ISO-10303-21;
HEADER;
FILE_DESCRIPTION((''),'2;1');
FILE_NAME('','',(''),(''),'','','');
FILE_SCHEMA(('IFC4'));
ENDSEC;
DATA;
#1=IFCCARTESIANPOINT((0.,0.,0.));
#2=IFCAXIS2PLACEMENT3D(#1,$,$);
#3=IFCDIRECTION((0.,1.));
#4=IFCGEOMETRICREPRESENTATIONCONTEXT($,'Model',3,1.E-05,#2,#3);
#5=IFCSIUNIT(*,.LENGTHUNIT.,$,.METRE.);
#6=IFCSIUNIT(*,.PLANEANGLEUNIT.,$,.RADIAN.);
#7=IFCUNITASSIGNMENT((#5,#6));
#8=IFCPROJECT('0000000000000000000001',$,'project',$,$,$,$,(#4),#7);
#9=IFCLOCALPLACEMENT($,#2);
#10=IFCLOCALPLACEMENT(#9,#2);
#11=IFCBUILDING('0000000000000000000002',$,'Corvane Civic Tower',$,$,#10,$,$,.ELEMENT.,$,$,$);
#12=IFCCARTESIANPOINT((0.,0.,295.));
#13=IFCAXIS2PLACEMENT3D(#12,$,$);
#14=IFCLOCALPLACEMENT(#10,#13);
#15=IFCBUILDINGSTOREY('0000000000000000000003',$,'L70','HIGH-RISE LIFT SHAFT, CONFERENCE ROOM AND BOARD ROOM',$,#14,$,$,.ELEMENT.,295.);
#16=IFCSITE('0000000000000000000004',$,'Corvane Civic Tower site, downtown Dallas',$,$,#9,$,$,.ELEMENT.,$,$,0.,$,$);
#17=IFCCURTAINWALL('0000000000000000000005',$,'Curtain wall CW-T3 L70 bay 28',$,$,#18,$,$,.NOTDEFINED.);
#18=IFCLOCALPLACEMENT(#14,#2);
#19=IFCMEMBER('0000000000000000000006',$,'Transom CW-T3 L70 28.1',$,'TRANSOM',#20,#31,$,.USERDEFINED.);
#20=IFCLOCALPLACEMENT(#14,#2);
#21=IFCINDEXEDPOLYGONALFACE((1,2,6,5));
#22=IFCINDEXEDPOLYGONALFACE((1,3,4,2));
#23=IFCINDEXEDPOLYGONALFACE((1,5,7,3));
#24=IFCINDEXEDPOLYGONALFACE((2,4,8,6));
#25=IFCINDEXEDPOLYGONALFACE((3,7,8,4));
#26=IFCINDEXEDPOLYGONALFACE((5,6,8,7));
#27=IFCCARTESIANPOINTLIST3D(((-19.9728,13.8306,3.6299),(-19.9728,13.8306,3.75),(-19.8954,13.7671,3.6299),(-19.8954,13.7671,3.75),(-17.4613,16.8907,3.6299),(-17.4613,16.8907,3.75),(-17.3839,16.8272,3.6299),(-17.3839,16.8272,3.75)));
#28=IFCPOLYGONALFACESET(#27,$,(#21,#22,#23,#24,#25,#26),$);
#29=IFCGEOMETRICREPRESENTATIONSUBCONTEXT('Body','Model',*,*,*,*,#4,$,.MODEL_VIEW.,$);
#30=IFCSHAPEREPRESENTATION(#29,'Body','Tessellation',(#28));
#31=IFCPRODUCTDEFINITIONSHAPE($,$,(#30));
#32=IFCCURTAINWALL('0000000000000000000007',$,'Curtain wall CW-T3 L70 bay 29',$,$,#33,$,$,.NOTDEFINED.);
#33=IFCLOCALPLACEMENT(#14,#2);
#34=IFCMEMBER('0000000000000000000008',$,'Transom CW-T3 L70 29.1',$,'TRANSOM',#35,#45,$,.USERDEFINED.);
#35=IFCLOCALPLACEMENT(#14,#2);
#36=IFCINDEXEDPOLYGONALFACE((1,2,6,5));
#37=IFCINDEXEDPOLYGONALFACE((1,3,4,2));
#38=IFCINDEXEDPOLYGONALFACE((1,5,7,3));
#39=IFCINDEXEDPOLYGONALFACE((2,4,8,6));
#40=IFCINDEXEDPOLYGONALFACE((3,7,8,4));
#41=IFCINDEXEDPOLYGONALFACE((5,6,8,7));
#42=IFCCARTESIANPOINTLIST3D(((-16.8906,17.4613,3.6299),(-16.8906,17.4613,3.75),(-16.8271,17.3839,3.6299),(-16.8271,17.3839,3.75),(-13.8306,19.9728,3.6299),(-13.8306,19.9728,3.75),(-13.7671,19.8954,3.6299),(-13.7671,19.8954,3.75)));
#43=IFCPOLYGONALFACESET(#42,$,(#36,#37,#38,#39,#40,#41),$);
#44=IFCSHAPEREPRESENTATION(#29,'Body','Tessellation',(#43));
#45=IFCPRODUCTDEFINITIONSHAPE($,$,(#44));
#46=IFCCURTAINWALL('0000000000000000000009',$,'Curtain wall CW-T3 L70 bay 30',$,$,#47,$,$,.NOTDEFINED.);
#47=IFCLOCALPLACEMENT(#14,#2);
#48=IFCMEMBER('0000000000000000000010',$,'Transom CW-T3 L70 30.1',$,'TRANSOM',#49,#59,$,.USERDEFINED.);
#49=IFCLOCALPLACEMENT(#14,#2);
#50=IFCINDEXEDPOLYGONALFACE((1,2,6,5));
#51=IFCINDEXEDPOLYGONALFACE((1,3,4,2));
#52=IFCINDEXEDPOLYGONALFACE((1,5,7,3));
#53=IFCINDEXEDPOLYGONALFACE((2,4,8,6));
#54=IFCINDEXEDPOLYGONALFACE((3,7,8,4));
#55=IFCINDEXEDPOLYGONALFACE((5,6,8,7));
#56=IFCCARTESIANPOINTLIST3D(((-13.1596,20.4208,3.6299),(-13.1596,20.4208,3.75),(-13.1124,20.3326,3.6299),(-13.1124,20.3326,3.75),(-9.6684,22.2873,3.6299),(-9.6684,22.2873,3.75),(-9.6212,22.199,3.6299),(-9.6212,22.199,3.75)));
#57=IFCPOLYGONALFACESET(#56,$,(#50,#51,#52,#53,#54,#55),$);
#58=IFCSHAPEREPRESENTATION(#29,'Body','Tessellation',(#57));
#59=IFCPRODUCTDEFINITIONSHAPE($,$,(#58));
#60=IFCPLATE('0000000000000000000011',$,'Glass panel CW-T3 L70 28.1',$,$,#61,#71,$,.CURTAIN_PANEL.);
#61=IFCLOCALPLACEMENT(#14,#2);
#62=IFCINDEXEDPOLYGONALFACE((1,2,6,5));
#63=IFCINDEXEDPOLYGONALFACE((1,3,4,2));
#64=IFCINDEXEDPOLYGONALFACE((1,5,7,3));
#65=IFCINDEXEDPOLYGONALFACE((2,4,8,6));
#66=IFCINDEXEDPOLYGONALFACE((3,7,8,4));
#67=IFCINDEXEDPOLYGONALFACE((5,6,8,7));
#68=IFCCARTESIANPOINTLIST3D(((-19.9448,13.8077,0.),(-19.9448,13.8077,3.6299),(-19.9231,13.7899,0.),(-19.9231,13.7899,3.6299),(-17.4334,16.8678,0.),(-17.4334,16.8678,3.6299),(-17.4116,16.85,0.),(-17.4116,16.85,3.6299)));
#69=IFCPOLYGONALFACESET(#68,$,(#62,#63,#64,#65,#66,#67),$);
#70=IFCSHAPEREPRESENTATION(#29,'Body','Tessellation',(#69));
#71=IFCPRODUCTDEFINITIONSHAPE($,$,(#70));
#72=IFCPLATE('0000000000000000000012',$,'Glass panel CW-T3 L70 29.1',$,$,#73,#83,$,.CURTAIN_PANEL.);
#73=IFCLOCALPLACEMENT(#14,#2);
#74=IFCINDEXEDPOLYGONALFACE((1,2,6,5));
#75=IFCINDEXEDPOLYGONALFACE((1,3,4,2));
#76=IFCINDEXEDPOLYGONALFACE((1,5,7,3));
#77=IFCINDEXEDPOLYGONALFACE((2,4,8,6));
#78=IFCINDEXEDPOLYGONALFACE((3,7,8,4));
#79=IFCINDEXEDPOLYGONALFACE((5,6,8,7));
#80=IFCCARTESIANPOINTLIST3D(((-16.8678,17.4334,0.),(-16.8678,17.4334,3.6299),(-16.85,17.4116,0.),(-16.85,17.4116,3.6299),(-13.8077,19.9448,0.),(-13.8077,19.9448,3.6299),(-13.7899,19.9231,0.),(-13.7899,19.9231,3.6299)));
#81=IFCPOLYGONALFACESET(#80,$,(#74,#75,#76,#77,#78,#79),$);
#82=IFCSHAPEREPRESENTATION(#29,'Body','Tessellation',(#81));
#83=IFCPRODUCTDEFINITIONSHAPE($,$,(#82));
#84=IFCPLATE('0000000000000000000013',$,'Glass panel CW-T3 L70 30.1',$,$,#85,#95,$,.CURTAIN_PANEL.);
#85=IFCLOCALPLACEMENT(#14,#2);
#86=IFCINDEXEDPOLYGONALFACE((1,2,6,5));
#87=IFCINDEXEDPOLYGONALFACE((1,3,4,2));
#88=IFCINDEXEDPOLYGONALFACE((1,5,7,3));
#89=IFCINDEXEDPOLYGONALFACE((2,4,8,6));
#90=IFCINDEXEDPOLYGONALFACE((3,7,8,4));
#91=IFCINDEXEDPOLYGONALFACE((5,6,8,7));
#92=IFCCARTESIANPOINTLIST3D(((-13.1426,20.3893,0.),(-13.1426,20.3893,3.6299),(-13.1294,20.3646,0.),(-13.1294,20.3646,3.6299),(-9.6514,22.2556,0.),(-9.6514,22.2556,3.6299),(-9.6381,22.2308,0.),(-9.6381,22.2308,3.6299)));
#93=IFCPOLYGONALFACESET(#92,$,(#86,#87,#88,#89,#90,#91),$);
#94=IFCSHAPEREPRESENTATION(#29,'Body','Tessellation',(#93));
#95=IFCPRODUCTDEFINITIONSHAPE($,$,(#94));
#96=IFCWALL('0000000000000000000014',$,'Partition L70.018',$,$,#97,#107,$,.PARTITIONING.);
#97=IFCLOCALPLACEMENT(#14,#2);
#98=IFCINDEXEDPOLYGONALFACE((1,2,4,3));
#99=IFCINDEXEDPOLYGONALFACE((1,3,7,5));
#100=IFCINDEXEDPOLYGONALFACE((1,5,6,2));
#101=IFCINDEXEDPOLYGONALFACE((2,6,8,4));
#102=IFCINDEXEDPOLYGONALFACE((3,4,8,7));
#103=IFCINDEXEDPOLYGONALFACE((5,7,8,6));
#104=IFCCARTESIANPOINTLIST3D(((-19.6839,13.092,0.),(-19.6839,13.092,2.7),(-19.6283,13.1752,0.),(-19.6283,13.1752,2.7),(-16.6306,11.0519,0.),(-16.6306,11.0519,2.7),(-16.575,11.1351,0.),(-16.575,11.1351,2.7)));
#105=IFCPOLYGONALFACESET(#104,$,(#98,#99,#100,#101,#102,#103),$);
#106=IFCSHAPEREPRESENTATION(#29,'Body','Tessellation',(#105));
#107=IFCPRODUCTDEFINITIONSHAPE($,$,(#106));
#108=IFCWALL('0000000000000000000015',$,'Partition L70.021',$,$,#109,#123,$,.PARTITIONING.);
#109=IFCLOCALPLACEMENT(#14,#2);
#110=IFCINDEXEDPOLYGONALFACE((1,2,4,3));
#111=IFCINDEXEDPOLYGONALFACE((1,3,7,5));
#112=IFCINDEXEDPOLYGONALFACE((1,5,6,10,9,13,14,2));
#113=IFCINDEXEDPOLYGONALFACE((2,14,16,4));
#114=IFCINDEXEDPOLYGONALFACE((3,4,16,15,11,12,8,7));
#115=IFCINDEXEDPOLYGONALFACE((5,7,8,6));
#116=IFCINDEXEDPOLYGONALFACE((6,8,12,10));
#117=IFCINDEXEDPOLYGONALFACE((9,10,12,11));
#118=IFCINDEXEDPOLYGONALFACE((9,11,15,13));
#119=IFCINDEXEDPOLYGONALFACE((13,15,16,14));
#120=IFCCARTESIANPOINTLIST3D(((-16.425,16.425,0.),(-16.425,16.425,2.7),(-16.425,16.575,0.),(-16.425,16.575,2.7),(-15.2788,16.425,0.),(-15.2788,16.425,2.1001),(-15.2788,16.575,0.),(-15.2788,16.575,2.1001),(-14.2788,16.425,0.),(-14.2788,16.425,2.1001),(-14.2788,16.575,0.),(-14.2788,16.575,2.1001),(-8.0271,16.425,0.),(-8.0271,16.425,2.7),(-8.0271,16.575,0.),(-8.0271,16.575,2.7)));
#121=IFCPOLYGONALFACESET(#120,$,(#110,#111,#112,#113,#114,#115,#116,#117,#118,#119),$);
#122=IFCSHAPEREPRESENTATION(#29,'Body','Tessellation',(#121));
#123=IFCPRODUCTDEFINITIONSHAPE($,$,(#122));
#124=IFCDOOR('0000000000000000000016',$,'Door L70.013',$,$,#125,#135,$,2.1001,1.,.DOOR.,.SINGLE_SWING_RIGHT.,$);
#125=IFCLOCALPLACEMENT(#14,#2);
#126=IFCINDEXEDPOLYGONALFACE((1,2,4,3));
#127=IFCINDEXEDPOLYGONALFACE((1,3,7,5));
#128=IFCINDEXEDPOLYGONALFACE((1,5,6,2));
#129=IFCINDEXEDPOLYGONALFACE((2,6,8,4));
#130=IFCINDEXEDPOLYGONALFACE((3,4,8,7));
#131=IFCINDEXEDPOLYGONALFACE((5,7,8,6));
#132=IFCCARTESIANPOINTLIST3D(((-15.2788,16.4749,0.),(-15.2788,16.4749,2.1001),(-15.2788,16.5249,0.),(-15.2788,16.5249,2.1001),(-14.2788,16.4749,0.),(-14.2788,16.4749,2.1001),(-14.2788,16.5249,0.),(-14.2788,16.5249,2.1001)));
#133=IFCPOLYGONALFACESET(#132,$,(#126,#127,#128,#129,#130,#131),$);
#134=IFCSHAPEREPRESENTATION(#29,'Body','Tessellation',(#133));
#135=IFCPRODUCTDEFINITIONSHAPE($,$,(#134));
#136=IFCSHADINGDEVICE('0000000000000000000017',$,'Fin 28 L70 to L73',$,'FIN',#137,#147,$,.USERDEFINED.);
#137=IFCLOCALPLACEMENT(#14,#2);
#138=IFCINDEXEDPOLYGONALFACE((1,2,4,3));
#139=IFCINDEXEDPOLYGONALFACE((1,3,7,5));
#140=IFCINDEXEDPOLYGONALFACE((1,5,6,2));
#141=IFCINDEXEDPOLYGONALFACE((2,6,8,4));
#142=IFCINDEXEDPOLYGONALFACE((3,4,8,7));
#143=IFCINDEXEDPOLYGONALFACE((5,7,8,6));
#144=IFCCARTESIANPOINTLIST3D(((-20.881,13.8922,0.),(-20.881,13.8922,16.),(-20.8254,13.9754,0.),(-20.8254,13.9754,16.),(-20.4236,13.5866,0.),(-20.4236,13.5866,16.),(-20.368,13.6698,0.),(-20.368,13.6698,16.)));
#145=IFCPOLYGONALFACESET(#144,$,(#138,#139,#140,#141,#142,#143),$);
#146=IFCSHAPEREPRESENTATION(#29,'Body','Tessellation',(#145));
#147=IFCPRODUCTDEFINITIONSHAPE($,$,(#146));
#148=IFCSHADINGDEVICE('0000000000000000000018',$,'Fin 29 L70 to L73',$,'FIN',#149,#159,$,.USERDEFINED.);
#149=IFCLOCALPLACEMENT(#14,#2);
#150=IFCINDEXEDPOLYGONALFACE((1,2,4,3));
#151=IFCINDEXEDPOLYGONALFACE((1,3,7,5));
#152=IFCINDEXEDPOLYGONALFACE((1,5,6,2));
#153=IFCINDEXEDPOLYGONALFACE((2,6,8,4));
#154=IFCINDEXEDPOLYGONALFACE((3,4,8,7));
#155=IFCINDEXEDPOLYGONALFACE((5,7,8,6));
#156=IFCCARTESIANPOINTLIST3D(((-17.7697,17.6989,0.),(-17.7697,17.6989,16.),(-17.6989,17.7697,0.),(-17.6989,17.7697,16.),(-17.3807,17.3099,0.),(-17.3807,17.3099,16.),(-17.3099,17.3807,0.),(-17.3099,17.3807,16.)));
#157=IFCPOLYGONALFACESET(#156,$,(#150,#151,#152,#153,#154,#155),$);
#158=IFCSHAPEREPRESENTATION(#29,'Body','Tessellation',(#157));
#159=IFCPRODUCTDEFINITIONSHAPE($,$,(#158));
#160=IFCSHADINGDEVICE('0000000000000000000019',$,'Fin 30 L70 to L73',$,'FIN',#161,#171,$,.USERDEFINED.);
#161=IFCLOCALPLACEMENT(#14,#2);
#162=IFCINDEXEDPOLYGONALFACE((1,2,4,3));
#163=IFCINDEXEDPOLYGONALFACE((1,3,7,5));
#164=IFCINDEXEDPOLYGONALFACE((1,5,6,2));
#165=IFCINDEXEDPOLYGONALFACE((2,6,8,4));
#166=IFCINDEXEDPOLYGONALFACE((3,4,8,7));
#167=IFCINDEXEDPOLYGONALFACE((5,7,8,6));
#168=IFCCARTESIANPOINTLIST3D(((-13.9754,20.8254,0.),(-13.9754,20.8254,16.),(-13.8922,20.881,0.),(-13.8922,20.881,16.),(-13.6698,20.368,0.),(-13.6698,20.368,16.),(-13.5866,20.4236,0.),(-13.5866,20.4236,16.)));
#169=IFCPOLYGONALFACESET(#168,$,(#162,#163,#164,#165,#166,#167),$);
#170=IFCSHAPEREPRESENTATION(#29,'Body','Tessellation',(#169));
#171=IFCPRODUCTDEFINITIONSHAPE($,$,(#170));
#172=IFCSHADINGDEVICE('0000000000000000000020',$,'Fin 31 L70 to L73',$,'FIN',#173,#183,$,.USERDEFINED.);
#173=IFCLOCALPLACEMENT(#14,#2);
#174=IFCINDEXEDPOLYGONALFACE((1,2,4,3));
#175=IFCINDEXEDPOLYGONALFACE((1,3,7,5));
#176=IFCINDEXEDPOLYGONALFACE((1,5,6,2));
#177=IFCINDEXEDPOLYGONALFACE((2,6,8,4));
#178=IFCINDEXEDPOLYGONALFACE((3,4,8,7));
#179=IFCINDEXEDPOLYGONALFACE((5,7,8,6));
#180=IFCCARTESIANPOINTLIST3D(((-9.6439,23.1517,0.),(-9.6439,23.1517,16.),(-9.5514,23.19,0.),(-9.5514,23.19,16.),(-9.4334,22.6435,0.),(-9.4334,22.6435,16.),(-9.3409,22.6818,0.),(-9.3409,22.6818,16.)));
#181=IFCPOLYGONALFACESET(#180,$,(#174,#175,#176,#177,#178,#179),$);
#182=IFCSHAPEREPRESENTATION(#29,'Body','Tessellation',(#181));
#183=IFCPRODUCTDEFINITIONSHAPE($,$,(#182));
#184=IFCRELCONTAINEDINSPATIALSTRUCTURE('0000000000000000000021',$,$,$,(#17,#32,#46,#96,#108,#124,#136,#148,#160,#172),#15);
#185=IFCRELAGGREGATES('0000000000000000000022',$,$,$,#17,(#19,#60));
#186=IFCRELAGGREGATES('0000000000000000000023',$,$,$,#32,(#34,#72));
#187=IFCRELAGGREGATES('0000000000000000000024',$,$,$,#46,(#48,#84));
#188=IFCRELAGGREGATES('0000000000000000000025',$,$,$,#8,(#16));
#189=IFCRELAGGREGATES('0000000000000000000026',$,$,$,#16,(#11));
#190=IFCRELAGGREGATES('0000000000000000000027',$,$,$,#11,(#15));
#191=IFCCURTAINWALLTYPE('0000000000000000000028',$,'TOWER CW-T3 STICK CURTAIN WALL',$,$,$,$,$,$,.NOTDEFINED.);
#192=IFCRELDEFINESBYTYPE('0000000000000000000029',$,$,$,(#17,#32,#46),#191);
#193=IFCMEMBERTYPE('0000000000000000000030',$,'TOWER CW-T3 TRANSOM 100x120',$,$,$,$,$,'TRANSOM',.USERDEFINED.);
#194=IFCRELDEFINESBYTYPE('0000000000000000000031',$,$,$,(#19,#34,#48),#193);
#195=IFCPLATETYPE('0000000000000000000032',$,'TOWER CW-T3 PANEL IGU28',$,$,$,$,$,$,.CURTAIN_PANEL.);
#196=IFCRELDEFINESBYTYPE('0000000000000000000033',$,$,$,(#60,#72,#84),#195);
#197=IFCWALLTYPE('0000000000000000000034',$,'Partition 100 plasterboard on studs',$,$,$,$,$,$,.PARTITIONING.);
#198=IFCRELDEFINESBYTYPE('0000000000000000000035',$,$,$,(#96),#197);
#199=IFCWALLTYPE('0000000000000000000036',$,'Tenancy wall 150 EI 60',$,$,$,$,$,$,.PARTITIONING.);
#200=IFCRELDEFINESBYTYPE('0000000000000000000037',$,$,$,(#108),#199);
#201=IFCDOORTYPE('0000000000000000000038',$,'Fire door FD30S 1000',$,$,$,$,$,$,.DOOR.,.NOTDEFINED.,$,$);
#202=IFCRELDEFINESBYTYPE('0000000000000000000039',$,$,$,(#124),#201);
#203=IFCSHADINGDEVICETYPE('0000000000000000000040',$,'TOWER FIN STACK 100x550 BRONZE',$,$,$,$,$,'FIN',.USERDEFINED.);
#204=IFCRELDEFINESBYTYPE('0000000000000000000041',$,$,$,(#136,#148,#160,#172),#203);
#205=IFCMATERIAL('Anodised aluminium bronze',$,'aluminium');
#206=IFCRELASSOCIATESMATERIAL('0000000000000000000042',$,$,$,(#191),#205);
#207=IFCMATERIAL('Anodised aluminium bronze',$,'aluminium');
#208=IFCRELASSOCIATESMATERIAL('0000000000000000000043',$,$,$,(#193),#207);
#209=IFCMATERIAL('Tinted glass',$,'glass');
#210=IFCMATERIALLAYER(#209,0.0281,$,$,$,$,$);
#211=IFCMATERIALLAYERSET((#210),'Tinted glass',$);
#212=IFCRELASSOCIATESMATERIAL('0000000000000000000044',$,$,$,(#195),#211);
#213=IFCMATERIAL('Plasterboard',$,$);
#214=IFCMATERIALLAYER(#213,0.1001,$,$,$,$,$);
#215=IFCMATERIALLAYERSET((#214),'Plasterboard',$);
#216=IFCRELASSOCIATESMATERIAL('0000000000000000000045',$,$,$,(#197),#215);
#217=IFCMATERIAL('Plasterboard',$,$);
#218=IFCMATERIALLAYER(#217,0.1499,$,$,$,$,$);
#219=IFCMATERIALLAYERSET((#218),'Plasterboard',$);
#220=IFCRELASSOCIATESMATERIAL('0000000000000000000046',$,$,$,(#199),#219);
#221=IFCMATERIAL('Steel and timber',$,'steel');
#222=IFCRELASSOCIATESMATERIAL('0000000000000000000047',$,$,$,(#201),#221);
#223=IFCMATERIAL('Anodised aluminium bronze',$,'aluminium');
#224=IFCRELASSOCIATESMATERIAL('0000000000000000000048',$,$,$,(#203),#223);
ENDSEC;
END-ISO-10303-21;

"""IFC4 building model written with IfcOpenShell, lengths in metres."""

from ifc_helpers import new_model, si_unit, direction, frame, frame_2d, origin, origin_2d, place, context, subcontext, project, spatial, rectangle, extrude, material, layer, layer_set, material_profile, profile_set, type_object, element, fill, aggregate, save


model = new_model("IFC4")

# Units and contexts
model_context = context("Model", 3, precision=1e-05, world=origin(), true_north=direction((0.0, 1.0)))
body_context = subcontext(model_context, "Body", "Model", "MODEL_VIEW")
ifc_project = project(units=[si_unit("LENGTHUNIT", "METRE"), si_unit("PLANEANGLEUNIT", "RADIAN")], contexts=[model_context])

# Site, building, storey
site_placement = place(None, origin())
site = spatial("IfcSite", under=ifc_project, at=site_placement, Name="Corvane Civic Tower site, downtown Dallas", CompositionType="ELEMENT", RefElevation=0.0)
building_placement = place(site_placement, origin())
building = spatial("IfcBuilding", under=site, at=building_placement, Name="Corvane Civic Tower", CompositionType="ELEMENT")
storey_placement = place(building_placement, frame((0.0, 0.0, 295.0)))
storey = spatial("IfcBuildingStorey", under=building, at=storey_placement, Name="L70", Description="HIGH-RISE LIFT SHAFT, CONFERENCE ROOM AND BOARD ROOM", CompositionType="ELEMENT", Elevation=295.0)

# Curtain walls, members
ifc_material_1 = material(Name="Anodised aluminium bronze", Category="aluminium")
curtain_wall_type = type_object("IfcCurtainWallType", Name="TOWER CW-T3 STICK CURTAIN WALL", PredefinedType="NOTDEFINED", material=ifc_material_1)
curtain_wall_1_placement = place(storey_placement, origin())
curtain_wall_1 = element("IfcCurtainWall", 1, at=curtain_wall_1_placement, inside=storey, type_object=curtain_wall_type, Name="Curtain wall CW-T3 L70 bay 28", PredefinedType="NOTDEFINED")
ifc_material_2 = material(Name="Anodised aluminium bronze", Category="aluminium")
ifc_material_profile_1 = material_profile(ifc_material_2, rectangle(XDim=0.1001, YDim=0.1201, at=origin_2d()), Name="TOWER CW-T3 TRANSOM 100x120")
ifc_profile_set_1 = profile_set([ifc_material_profile_1], Name="Anodised aluminium bronze")
member_type = type_object("IfcMemberType", Name="TOWER CW-T3 TRANSOM 100x120", ElementType="TRANSOM", PredefinedType="USERDEFINED", material=ifc_profile_set_1)
member_1_placement = place(storey_placement, frame((-19.9341, 13.7988, 3.6899), z_axis=(0.634416, 0.772992, 0.0), x_axis=(-0.772992, 0.634416, 0.0)))
member_1 = element("IfcMember", 2, at=member_1_placement, type_object=member_type, Name="Transom CW-T3 L70 28.1", ObjectType="TRANSOM", PredefinedType="USERDEFINED", context=body_context, shape_type="SweptSolid", body=[
    extrude(rectangle(XDim=0.1001, YDim=0.1201, at=origin_2d()), origin(), (0.0, 0.0, 1.0), 3.9587),
])
curtain_wall_2_placement = place(storey_placement, origin())
curtain_wall_2 = element("IfcCurtainWall", 3, at=curtain_wall_2_placement, inside=storey, type_object=curtain_wall_type, Name="Curtain wall CW-T3 L70 bay 29", PredefinedType="NOTDEFINED")
member_2_placement = place(storey_placement, frame((-16.8589, 17.4226, 3.6899), z_axis=(0.772992, 0.634416, 0.0), x_axis=(-0.634416, 0.772992, 0.0)))
member_2 = element("IfcMember", 4, at=member_2_placement, type_object=member_type, Name="Transom CW-T3 L70 29.1", ObjectType="TRANSOM", PredefinedType="USERDEFINED", context=body_context, shape_type="SweptSolid", body=[
    extrude(rectangle(XDim=0.1001, YDim=0.1201, at=origin_2d()), origin(), (0.0, 0.0, 1.0), 3.9587),
])
curtain_wall_3_placement = place(storey_placement, origin())
curtain_wall_3 = element("IfcCurtainWall", 5, at=curtain_wall_3_placement, inside=storey, type_object=curtain_wall_type, Name="Curtain wall CW-T3 L70 bay 30", PredefinedType="NOTDEFINED")
member_3_placement = place(storey_placement, frame((-13.136, 20.3767, 3.6899), z_axis=(0.881883, 0.471468, 0.0), x_axis=(-0.471468, 0.881883, 0.0)))
member_3 = element("IfcMember", 6, at=member_3_placement, type_object=member_type, Name="Transom CW-T3 L70 30.1", ObjectType="TRANSOM", PredefinedType="USERDEFINED", context=body_context, shape_type="SweptSolid", body=[
    extrude(rectangle(XDim=0.1001, YDim=0.1201, at=origin_2d()), origin(), (0.0, 0.0, 1.0), 3.9587),
])

# Plates
ifc_material_3 = material(Name="Tinted glass", Category="glass")
ifc_layer_1 = layer(ifc_material_3, 0.0281)
ifc_layer_set_1 = layer_set([ifc_layer_1], Name="Tinted glass")
plate_type = type_object("IfcPlateType", Name="TOWER CW-T3 PANEL IGU28", PredefinedType="CURTAIN_PANEL", material=ifc_layer_set_1)
plate_1_placement = place(storey_placement, frame((-18.6782, 15.3289, 0.0), z_axis=(0.0, 0.0, 1.0), x_axis=(0.634405, 0.773001, 0.0)))
plate_1 = element("IfcPlate", 7, at=plate_1_placement, type_object=plate_type, Name="Glass panel CW-T3 L70 28.1", PredefinedType="CURTAIN_PANEL", context=body_context, shape_type="SweptSolid", body=[
    extrude(rectangle(XDim=3.9587, YDim=0.0281, at=origin_2d()), origin(), (0.0, 0.0, 1.0), 3.6299),
])
aggregate(curtain_wall_1, [member_1, plate_1])
plate_2_placement = place(storey_placement, frame((-15.3289, 18.6782, 0.0), z_axis=(0.0, 0.0, 1.0), x_axis=(0.773001, 0.634405, 0.0)))
plate_2 = element("IfcPlate", 8, at=plate_2_placement, type_object=plate_type, Name="Glass panel CW-T3 L70 29.1", PredefinedType="CURTAIN_PANEL", context=body_context, shape_type="SweptSolid", body=[
    extrude(rectangle(XDim=3.9587, YDim=0.0281, at=origin_2d()), origin(), (0.0, 0.0, 1.0), 3.6299),
])
aggregate(curtain_wall_2, [member_2, plate_2])
plate_3_placement = place(storey_placement, frame((-11.3904, 21.3101, 0.0), z_axis=(0.0, 0.0, 1.0), x_axis=(0.881908, 0.471421, 0.0)))
plate_3 = element("IfcPlate", 9, at=plate_3_placement, type_object=plate_type, Name="Glass panel CW-T3 L70 30.1", PredefinedType="CURTAIN_PANEL", context=body_context, shape_type="SweptSolid", body=[
    extrude(rectangle(XDim=3.9587, YDim=0.0281, at=origin_2d()), origin(), (0.0, 0.0, 1.0), 3.6299),
])
aggregate(curtain_wall_3, [member_3, plate_3])

# Wall
ifc_material_4 = material(Name="Plasterboard")
ifc_layer_2 = layer(ifc_material_4, 0.1001)
ifc_layer_set_2 = layer_set([ifc_layer_2], Name="Plasterboard")
wall_type_1 = type_object("IfcWallType", Name="Partition 100 plasterboard on studs", PredefinedType="PARTITIONING", material=ifc_layer_set_2)
wall_1_placement = place(storey_placement, frame((-19.656, 13.1335, 0.0), z_axis=(0.0, 0.0, 1.0), x_axis=(0.831477, -0.555559, 0.0)))
element("IfcWall", 10, at=wall_1_placement, inside=storey, type_object=wall_type_1, Name="Partition L70.018", PredefinedType="PARTITIONING", context=body_context, shape_type="SweptSolid", body=[
    extrude(rectangle(XDim=3.6721, YDim=0.1001, at=frame_2d((1.8359, 0.0))), origin(), (0.0, 0.0, 1.0), 2.7),
])

# Wall, opening, door
ifc_material_5 = material(Name="Plasterboard")
ifc_layer_3 = layer(ifc_material_5, 0.1499)
ifc_layer_set_3 = layer_set([ifc_layer_3], Name="Plasterboard")
wall_type_2 = type_object("IfcWallType", Name="Tenancy wall 150 EI 60", PredefinedType="PARTITIONING", material=ifc_layer_set_3)
wall_2_placement = place(storey_placement, frame((-16.425, 16.5, 0.0), z_axis=(0.0, 0.0, 1.0), x_axis=(1.0, 0.0, 0.0)))
wall_2 = element("IfcWall", 11, at=wall_2_placement, inside=storey, type_object=wall_type_2, Name="Partition L70.021", PredefinedType="PARTITIONING", context=body_context, shape_type="SweptSolid", body=[
    extrude(rectangle(XDim=8.3979, YDim=0.1499, at=frame_2d((4.199, 0.0))), origin(), (0.0, 0.0, 1.0), 2.7),
])
opening_placement = place(wall_2_placement, frame((1.1462, 0.0, 0.0)))
opening = element("IfcOpeningElement", 12, at=opening_placement, cuts=wall_2, PredefinedType="OPENING", context=body_context, shape_type="SweptSolid", body=[
    extrude(rectangle(XDim=1.0, YDim=2.1001, at=frame_2d((0.5, 1.05))), frame((0.0, 0.085, 0.0), z_axis=(0.0, -1.0, 0.0), x_axis=(1.0, 0.0, 0.0)), (0.0, 0.0, 1.0), 0.1699),
])
ifc_material_6 = material(Name="Steel and timber", Category="steel")
door_type = type_object("IfcDoorType", Name="Fire door FD30S 1000", OperationType="NOTDEFINED", PredefinedType="DOOR", material=ifc_material_6)
door_placement = place(opening_placement, origin())
door = element("IfcDoor", 13, at=door_placement, inside=storey, type_object=door_type, Name="Door L70.013", OperationType="SINGLE_SWING_RIGHT", OverallHeight=2.1001, OverallWidth=1.0, PredefinedType="DOOR", context=body_context, shape_type="SweptSolid", body=[
    extrude(rectangle(XDim=1.0, YDim=2.1001, at=frame_2d((0.5, 1.05))), frame((0.0, 0.0249, 0.0), z_axis=(0.0, -1.0, 0.0), x_axis=(1.0, 0.0, 0.0)), (0.0, 0.0, 1.0), 0.05),
])
fill(opening, door)

# Shading devices
ifc_material_7 = material(Name="Anodised aluminium bronze", Category="aluminium")
ifc_material_profile_2 = material_profile(ifc_material_7, rectangle(XDim=0.1001, YDim=0.55, at=origin_2d()), Name="TOWER FIN STACK 100x550 BRONZE")
ifc_profile_set_2 = profile_set([ifc_material_profile_2], Name="Anodised aluminium bronze")
shading_device_type = type_object("IfcShadingDeviceType", Name="TOWER FIN STACK 100x550 BRONZE", ElementType="FIN", PredefinedType="USERDEFINED", material=ifc_profile_set_2)
for number, where, z_axis, x_axis, name in (
    (14, (-20.6245, 13.781, 0.0), (0.0, 0.0, 1.0), (0.55557, 0.83147, 0.0), "Fin 28 L70 to L73"),
    (15, (-17.5398, 17.5398, 0.0), (0.0, 0.0, 1.0), (0.707107, 0.707107, 0.0), "Fin 29 L70 to L73"),
    (16, (-13.781, 20.6245, 0.0), (0.0, 0.0, 1.0), (0.83147, 0.55557, 0.0), "Fin 30 L70 to L73"),
    (17, (-9.4924, 22.9167, 0.0), (0.0, 0.0, 1.0), (0.92388, 0.382683, 0.0), "Fin 31 L70 to L73"),
):
    element("IfcShadingDevice", number, at=place(storey_placement, frame(where, z_axis=z_axis, x_axis=x_axis)), inside=storey, type_object=shading_device_type, Name=name, ObjectType="FIN", PredefinedType="USERDEFINED", context=body_context, shape_type="SweptSolid", body=[
        extrude(rectangle(XDim=0.1001, YDim=0.55, at=origin_2d()), origin(), (0.0, 0.0, 1.0), 16.0),
    ])

save(model, "model.ifc")
